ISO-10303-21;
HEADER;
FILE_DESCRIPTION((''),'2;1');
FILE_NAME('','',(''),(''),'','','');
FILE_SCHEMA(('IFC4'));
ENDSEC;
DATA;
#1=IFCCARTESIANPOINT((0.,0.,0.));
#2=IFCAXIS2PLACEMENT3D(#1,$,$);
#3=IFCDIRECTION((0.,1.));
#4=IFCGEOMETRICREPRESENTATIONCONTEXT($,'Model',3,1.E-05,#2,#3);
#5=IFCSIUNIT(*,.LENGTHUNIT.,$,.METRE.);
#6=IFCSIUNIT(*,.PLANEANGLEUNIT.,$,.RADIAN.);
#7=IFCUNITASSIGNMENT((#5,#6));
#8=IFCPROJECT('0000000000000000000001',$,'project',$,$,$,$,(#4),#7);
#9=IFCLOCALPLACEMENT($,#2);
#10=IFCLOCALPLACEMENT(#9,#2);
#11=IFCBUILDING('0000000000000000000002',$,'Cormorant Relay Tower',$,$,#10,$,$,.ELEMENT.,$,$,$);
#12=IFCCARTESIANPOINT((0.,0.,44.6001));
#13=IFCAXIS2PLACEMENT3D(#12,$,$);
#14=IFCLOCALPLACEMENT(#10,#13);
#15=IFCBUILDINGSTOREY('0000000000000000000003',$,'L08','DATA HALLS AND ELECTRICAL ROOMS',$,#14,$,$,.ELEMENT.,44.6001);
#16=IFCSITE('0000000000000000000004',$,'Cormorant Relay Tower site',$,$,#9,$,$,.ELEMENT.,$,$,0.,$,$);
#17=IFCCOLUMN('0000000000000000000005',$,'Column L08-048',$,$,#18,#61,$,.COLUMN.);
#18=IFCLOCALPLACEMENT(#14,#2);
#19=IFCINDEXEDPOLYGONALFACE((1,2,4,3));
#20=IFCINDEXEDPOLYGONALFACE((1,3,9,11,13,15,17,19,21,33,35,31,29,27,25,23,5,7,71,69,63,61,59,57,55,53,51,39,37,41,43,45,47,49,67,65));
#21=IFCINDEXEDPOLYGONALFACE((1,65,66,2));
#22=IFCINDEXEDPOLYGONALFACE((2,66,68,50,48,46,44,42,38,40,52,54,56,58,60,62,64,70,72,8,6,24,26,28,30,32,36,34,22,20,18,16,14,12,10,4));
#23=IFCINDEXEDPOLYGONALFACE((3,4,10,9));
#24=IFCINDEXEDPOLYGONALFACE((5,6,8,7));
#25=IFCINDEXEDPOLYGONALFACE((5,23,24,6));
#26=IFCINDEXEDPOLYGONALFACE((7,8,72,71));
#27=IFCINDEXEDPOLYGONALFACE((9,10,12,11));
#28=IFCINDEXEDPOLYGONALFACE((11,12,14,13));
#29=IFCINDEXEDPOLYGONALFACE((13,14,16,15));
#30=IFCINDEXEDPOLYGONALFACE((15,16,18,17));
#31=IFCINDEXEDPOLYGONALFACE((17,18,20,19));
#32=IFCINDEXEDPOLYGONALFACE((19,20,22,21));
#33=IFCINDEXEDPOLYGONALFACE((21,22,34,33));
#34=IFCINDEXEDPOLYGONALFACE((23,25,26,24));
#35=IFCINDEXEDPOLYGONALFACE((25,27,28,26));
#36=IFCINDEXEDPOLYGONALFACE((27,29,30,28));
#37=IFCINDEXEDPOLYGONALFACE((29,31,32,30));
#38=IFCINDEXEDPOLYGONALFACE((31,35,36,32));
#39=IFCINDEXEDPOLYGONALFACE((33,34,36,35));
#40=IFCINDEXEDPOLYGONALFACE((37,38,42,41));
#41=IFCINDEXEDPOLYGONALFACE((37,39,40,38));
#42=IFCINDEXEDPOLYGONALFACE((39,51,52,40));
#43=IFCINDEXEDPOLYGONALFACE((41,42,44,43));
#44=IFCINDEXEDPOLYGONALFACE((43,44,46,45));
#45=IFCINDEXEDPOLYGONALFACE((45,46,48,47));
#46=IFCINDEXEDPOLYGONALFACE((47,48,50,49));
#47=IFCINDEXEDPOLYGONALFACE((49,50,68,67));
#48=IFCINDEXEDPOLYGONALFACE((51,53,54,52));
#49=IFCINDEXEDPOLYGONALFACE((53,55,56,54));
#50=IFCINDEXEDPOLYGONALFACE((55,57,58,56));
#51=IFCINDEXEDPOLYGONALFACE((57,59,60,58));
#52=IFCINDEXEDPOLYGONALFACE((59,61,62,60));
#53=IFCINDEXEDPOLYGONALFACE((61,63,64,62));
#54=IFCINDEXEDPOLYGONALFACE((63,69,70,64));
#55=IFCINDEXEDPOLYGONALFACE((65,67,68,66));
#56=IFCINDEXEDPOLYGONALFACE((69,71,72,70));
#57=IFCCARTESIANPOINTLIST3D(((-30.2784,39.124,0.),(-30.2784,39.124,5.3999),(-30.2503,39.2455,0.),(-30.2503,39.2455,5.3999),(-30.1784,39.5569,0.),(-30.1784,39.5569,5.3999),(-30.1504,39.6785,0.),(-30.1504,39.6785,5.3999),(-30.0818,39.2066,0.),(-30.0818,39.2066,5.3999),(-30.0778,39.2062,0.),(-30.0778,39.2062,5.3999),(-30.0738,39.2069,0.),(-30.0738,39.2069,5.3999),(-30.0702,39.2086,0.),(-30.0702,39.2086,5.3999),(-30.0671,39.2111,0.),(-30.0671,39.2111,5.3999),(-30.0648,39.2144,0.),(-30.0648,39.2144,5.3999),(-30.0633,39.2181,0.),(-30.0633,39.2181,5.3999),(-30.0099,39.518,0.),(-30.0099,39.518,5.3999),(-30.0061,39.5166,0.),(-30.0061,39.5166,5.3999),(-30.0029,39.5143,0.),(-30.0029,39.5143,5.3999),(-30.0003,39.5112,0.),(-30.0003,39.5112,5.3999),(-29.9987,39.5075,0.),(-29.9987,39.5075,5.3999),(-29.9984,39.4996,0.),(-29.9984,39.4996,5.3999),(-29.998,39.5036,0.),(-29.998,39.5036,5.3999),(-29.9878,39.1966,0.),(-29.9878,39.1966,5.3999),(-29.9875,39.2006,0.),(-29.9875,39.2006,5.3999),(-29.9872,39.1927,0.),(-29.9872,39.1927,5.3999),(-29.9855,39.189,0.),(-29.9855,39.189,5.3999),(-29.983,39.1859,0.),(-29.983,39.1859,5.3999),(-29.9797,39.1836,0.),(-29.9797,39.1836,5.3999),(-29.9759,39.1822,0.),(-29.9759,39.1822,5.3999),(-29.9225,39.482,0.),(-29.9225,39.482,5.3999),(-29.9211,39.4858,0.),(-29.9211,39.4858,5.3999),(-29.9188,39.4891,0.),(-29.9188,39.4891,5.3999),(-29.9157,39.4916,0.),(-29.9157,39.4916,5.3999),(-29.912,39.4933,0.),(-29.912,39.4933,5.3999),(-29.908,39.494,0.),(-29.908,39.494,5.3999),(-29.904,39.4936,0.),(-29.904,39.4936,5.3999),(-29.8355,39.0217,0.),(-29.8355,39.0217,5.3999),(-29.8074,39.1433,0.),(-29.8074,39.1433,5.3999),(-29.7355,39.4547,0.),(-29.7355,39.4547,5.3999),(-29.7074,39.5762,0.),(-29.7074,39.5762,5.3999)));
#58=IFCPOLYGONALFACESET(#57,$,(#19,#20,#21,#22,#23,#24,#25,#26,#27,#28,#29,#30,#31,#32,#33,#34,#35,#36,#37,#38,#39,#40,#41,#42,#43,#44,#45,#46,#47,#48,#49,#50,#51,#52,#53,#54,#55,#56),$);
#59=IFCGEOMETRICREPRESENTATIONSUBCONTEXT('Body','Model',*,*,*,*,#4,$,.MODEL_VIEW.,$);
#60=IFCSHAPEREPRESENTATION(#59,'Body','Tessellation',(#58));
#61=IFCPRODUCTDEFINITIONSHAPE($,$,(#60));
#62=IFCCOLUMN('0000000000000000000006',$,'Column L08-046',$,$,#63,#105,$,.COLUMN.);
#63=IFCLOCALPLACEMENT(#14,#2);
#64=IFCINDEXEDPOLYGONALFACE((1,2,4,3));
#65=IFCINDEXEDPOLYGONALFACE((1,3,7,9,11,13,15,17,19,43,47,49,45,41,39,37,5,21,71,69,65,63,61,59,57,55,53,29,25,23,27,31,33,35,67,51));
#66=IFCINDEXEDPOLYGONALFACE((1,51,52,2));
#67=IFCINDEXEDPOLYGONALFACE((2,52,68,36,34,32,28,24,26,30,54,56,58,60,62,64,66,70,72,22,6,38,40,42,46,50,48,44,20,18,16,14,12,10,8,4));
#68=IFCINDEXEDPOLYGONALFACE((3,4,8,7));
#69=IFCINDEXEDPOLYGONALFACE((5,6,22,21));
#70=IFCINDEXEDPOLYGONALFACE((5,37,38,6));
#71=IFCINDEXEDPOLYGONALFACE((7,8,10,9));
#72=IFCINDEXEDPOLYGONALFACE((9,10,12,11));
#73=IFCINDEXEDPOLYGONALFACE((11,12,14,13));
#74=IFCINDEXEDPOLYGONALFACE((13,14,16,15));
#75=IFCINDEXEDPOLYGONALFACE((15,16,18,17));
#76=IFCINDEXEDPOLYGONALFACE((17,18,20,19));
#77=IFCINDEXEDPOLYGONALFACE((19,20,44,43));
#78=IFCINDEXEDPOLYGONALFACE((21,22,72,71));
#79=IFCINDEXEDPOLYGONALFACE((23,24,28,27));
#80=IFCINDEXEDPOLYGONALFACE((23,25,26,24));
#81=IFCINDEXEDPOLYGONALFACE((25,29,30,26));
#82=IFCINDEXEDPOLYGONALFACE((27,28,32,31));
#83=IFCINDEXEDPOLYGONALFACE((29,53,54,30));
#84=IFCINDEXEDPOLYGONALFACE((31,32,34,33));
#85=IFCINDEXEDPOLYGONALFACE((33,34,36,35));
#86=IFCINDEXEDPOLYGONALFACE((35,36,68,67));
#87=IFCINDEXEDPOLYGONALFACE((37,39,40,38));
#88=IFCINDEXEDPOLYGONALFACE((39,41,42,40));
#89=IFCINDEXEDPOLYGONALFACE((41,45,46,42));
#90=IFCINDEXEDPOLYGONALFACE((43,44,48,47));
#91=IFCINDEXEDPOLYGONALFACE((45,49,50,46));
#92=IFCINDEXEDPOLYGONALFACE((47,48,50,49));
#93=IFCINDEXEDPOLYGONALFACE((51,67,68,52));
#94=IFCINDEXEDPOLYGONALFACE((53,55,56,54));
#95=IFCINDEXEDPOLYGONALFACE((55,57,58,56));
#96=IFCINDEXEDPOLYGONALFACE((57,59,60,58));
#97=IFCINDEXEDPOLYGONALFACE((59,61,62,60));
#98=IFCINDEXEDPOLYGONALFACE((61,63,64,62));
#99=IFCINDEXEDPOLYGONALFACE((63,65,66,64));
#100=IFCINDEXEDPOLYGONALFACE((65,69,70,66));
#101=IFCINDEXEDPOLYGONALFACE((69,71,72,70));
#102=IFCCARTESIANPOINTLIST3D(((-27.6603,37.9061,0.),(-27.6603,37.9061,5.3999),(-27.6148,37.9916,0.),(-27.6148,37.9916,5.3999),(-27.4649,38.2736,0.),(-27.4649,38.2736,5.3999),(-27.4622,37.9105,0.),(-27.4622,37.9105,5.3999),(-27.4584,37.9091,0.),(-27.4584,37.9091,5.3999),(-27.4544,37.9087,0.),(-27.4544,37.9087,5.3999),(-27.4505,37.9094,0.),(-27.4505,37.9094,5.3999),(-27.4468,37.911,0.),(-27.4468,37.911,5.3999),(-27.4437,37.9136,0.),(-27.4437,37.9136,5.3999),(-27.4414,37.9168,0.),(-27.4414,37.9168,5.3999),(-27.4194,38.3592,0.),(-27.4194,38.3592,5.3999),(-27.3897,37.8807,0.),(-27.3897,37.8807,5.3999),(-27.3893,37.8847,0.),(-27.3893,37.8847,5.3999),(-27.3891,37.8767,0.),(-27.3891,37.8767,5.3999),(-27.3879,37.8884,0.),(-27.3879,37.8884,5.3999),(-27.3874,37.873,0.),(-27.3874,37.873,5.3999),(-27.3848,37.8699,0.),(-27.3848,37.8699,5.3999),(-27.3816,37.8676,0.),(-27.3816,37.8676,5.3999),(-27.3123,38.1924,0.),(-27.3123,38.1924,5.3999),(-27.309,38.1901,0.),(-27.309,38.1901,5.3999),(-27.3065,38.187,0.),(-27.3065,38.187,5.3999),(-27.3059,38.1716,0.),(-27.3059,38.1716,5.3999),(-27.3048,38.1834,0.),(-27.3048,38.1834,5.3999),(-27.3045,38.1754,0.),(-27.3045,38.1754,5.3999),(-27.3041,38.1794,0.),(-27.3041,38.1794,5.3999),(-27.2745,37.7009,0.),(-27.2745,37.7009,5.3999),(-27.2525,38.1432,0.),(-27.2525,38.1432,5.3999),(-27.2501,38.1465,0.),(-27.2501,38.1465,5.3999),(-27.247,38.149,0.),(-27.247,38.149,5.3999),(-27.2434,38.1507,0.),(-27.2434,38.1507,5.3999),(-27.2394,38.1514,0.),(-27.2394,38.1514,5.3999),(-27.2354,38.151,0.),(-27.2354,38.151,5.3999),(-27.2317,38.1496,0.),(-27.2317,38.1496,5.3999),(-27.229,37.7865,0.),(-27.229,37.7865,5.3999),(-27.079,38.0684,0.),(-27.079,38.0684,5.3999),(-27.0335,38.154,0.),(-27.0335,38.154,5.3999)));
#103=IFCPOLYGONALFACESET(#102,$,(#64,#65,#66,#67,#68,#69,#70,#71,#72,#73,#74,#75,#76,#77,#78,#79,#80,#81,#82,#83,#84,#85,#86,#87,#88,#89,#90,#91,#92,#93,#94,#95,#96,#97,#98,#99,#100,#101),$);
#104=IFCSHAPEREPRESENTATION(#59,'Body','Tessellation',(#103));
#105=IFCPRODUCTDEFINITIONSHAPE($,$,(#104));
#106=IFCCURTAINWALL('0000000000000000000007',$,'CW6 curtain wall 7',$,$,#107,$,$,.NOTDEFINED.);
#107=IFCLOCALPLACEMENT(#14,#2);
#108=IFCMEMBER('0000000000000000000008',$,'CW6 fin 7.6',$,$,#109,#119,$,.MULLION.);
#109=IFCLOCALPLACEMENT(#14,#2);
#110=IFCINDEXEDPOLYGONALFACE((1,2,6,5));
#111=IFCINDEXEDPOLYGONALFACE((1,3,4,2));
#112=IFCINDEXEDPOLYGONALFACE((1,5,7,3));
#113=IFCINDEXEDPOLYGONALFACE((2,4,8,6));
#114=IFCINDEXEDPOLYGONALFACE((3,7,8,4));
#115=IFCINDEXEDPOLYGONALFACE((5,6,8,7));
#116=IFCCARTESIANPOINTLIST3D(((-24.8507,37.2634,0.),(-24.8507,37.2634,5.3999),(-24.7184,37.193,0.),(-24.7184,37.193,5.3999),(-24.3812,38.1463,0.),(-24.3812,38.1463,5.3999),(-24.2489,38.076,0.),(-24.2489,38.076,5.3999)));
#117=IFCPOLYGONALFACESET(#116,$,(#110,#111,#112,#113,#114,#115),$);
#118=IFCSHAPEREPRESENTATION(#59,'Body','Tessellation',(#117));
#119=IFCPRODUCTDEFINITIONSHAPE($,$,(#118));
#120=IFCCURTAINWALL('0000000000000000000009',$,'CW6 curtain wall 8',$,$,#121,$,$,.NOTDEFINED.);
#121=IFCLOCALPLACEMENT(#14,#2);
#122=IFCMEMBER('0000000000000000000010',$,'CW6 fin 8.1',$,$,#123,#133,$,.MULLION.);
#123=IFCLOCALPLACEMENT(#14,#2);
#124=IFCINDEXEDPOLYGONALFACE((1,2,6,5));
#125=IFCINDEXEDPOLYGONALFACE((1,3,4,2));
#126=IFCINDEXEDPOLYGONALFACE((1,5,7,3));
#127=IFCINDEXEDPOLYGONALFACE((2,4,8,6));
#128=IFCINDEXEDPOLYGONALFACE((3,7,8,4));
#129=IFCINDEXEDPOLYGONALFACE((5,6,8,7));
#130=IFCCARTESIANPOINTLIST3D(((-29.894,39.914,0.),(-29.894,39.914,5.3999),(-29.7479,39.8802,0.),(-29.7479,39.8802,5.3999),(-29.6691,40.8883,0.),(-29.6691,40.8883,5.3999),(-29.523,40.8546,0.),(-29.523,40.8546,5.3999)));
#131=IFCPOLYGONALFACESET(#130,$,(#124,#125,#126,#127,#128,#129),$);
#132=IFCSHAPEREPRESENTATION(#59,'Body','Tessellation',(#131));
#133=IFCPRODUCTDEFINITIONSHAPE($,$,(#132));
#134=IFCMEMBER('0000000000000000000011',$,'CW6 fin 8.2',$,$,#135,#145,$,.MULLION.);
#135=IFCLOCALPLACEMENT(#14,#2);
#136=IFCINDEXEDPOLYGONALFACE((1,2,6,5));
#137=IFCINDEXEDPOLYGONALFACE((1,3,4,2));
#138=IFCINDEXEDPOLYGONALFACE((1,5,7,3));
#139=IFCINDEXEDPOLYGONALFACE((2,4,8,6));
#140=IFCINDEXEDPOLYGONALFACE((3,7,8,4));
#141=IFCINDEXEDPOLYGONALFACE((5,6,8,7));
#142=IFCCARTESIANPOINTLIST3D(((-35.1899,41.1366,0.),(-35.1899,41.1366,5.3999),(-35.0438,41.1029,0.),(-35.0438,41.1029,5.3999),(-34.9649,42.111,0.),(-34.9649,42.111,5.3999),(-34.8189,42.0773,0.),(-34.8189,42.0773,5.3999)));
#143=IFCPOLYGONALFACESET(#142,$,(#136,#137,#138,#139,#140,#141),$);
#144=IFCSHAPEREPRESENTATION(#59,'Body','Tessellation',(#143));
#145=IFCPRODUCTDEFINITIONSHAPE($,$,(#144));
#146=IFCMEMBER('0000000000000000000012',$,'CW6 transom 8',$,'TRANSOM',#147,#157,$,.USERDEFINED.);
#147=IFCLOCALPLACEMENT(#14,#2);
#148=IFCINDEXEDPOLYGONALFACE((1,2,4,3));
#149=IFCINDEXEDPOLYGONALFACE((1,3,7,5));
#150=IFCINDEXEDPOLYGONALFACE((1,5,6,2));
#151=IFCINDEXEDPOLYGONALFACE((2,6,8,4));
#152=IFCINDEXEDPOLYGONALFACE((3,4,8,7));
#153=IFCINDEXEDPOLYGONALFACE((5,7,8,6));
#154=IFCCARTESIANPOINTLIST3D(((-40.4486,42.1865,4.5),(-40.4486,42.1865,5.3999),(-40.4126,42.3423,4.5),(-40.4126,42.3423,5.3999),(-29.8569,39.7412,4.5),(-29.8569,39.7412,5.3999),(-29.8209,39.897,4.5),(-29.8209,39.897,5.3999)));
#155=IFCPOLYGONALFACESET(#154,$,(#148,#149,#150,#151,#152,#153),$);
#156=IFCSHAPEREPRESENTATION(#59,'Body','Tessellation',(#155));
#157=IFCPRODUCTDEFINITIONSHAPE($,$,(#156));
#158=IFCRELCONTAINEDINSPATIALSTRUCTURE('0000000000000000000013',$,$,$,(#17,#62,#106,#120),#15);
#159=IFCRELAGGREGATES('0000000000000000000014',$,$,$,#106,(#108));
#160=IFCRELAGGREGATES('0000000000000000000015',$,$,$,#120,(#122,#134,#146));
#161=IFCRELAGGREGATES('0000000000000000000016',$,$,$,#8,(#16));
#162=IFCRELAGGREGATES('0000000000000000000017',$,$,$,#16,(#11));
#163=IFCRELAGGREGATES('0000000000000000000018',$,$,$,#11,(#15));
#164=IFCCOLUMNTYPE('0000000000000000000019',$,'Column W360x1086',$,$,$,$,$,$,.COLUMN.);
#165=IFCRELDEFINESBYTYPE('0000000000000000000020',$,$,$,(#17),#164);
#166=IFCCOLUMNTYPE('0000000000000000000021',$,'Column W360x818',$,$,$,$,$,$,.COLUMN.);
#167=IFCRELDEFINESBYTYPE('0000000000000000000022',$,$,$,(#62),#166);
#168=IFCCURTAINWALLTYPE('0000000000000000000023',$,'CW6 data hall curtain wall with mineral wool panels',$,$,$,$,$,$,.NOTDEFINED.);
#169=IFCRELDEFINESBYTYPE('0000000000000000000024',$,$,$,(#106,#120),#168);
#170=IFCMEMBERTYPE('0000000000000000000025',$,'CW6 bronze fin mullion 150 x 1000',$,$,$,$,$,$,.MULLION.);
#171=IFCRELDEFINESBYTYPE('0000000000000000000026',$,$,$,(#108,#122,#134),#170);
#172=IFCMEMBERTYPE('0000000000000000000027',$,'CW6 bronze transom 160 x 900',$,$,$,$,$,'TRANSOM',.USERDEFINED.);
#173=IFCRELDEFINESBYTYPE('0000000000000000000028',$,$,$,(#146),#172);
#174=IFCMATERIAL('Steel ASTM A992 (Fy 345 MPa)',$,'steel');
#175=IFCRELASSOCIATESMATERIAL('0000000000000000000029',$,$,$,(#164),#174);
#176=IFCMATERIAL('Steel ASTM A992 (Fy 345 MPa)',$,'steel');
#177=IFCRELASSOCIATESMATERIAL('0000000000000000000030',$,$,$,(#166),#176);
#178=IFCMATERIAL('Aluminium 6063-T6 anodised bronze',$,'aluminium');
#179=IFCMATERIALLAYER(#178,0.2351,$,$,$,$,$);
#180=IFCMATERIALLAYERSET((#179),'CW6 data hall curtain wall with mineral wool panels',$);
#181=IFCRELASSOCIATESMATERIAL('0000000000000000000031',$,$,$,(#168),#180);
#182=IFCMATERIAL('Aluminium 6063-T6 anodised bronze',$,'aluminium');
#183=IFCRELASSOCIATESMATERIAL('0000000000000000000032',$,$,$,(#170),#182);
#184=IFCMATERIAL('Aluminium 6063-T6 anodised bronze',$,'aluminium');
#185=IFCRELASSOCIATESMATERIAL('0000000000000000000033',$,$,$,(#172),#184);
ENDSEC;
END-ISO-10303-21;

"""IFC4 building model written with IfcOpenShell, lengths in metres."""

from ifc_helpers import new_model, si_unit, direction, frame, origin, origin_2d, place, context, subcontext, project, spatial, rectangle, i_section, extrude, material, layer, layer_set, material_profile, profile_set, type_object, element, aggregate, save


model = new_model("IFC4")

# Units and contexts
model_context = context("Model", 3, precision=1e-05, world=origin(), true_north=direction((0.0, 1.0)))
body_context = subcontext(model_context, "Body", "Model", "MODEL_VIEW")
ifc_project = project(units=[si_unit("LENGTHUNIT", "METRE"), si_unit("PLANEANGLEUNIT", "RADIAN")], contexts=[model_context])

# Site, building, storey
site_placement = place(None, origin())
site = spatial("IfcSite", under=ifc_project, at=site_placement, Name="Cormorant Relay Tower site", CompositionType="ELEMENT", RefElevation=0.0)
building_placement = place(site_placement, origin())
building = spatial("IfcBuilding", under=site, at=building_placement, Name="Cormorant Relay Tower", CompositionType="ELEMENT")
storey_placement = place(building_placement, frame((0.0, 0.0, 44.6001)))
storey = spatial("IfcBuildingStorey", under=building, at=storey_placement, Name="L08", Description="DATA HALLS AND ELECTRICAL ROOMS", CompositionType="ELEMENT", Elevation=44.6001)

# Columns
ifc_material_1 = material(Name="Steel ASTM A992 (Fy 345 MPa)", Category="steel")
ifc_material_profile_1 = material_profile(ifc_material_1, i_section(OverallWidth=0.4546, OverallDepth=0.5691, WebThickness=0.0779, FlangeThickness=0.1248, FilletRadius=0.0154, at=origin_2d()), Name="W360x1086")
ifc_profile_set_1 = profile_set([ifc_material_profile_1], Name="Steel ASTM A992 (Fy 345 MPa)")
column_type_1 = type_object("IfcColumnType", Name="Column W360x1086", PredefinedType="COLUMN", material=ifc_profile_set_1)
column_1_placement = place(storey_placement, frame((-29.9929, 39.3501, 0.0), z_axis=(0.0, 0.0, 1.0), x_axis=(-0.97437, 0.224951, 0.0)))
element("IfcColumn", 1, at=column_1_placement, inside=storey, type_object=column_type_1, Name="Column L08-048", PredefinedType="COLUMN", context=body_context, shape_type="SweptSolid", body=[
    extrude(i_section(OverallWidth=0.4546, OverallDepth=0.5691, WebThickness=0.0779, FlangeThickness=0.1248, FilletRadius=0.0154, at=origin_2d()), origin(), (0.0, 0.0, 1.0), 5.3999),
])
ifc_material_2 = material(Name="Steel ASTM A992 (Fy 345 MPa)", Category="steel")
ifc_material_profile_2 = material_profile(ifc_material_2, i_section(OverallWidth=0.437, OverallDepth=0.5132, WebThickness=0.0605, FlangeThickness=0.0969, FilletRadius=0.0154, at=origin_2d()), Name="W360x818")
ifc_profile_set_2 = profile_set([ifc_material_profile_2], Name="Steel ASTM A992 (Fy 345 MPa)")
column_type_2 = type_object("IfcColumnType", Name="Column W360x818", PredefinedType="COLUMN", material=ifc_profile_set_2)
column_2_placement = place(storey_placement, frame((-27.3469, 38.03, 0.0), z_axis=(0.0, 0.0, 1.0), x_axis=(-0.882948, 0.469472, 0.0)))
element("IfcColumn", 2, at=column_2_placement, inside=storey, type_object=column_type_2, Name="Column L08-046", PredefinedType="COLUMN", context=body_context, shape_type="SweptSolid", body=[
    extrude(i_section(OverallWidth=0.437, OverallDepth=0.5132, WebThickness=0.0605, FlangeThickness=0.0969, FilletRadius=0.0154, at=origin_2d()), origin(), (0.0, 0.0, 1.0), 5.3999),
])

# Curtain wall, member
ifc_material_3 = material(Name="Aluminium 6063-T6 anodised bronze", Category="aluminium")
ifc_layer_1 = layer(ifc_material_3, 0.2351)
ifc_layer_set_1 = layer_set([ifc_layer_1], Name="CW6 data hall curtain wall with mineral wool panels")
curtain_wall_type = type_object("IfcCurtainWallType", Name="CW6 data hall curtain wall with mineral wool panels", PredefinedType="NOTDEFINED", material=ifc_layer_set_1)
curtain_wall_1_placement = place(storey_placement, origin())
curtain_wall_1 = element("IfcCurtainWall", 3, at=curtain_wall_1_placement, inside=storey, type_object=curtain_wall_type, Name="CW6 curtain wall 7", PredefinedType="NOTDEFINED")
ifc_material_4 = material(Name="Aluminium 6063-T6 anodised bronze", Category="aluminium")
ifc_material_profile_3 = material_profile(ifc_material_4, rectangle(XDim=0.1499, YDim=1.0, at=origin_2d()), Name="AL 150x1000")
ifc_profile_set_3 = profile_set([ifc_material_profile_3], Name="Aluminium 6063-T6 anodised bronze")
member_type_1 = type_object("IfcMemberType", Name="CW6 bronze fin mullion 150 x 1000", PredefinedType="MULLION", material=ifc_profile_set_3)
member_1_placement = place(storey_placement, frame((-24.5498, 37.6697, 0.0), z_axis=(0.0, 0.0, 1.0), x_axis=(-0.882948, 0.469472, 0.0)))
member_1 = element("IfcMember", 4, at=member_1_placement, type_object=member_type_1, Name="CW6 fin 7.6", PredefinedType="MULLION", context=body_context, shape_type="SweptSolid", body=[
    extrude(rectangle(XDim=0.1499, YDim=1.0, at=origin_2d()), origin(), (0.0, 0.0, 1.0), 5.3999),
])

# Curtain wall, members
curtain_wall_2_placement = place(storey_placement, origin())
curtain_wall_2 = element("IfcCurtainWall", 5, at=curtain_wall_2_placement, inside=storey, type_object=curtain_wall_type, Name="CW6 curtain wall 8", PredefinedType="NOTDEFINED")
member_2_placement = place(storey_placement, frame((-29.7085, 40.3843, 0.0), z_axis=(0.0, 0.0, 1.0), x_axis=(-0.97437, 0.224951, 0.0)))
member_2 = element("IfcMember", 6, at=member_2_placement, type_object=member_type_1, Name="CW6 fin 8.1", PredefinedType="MULLION", context=body_context, shape_type="SweptSolid", body=[
    extrude(rectangle(XDim=0.1499, YDim=1.0, at=origin_2d()), origin(), (0.0, 0.0, 1.0), 5.3999),
])
member_3_placement = place(storey_placement, frame((-35.0044, 41.6069, 0.0), z_axis=(0.0, 0.0, 1.0), x_axis=(-0.97437, 0.224951, 0.0)))
member_3 = element("IfcMember", 7, at=member_3_placement, type_object=member_type_1, Name="CW6 fin 8.2", PredefinedType="MULLION", context=body_context, shape_type="SweptSolid", body=[
    extrude(rectangle(XDim=0.1499, YDim=1.0, at=origin_2d()), origin(), (0.0, 0.0, 1.0), 5.3999),
])
ifc_material_5 = material(Name="Aluminium 6063-T6 anodised bronze", Category="aluminium")
ifc_material_profile_4 = material_profile(ifc_material_5, rectangle(XDim=0.1599, YDim=0.8999, at=origin_2d()), Name="AL 160x900")
ifc_profile_set_4 = profile_set([ifc_material_profile_4], Name="Aluminium 6063-T6 anodised bronze")
member_type_2 = type_object("IfcMemberType", Name="CW6 bronze transom 160 x 900", ElementType="TRANSOM", PredefinedType="USERDEFINED", material=ifc_profile_set_4)
member_4_placement = place(storey_placement, frame((-29.8389, 39.8191, 4.95), z_axis=(-0.97437, 0.224951, 0.0), x_axis=(-0.224951, -0.97437, 0.0)))
member_4 = element("IfcMember", 8, at=member_4_placement, type_object=member_type_2, Name="CW6 transom 8", ObjectType="TRANSOM", PredefinedType="USERDEFINED", context=body_context, shape_type="SweptSolid", body=[
    extrude(rectangle(XDim=0.1599, YDim=0.8999, at=origin_2d()), origin(), (0.0, 0.0, 1.0), 10.8704),
])

aggregate(curtain_wall_1, [member_1])
aggregate(curtain_wall_2, [member_2, member_3, member_4])

save(model, "model.ifc")
